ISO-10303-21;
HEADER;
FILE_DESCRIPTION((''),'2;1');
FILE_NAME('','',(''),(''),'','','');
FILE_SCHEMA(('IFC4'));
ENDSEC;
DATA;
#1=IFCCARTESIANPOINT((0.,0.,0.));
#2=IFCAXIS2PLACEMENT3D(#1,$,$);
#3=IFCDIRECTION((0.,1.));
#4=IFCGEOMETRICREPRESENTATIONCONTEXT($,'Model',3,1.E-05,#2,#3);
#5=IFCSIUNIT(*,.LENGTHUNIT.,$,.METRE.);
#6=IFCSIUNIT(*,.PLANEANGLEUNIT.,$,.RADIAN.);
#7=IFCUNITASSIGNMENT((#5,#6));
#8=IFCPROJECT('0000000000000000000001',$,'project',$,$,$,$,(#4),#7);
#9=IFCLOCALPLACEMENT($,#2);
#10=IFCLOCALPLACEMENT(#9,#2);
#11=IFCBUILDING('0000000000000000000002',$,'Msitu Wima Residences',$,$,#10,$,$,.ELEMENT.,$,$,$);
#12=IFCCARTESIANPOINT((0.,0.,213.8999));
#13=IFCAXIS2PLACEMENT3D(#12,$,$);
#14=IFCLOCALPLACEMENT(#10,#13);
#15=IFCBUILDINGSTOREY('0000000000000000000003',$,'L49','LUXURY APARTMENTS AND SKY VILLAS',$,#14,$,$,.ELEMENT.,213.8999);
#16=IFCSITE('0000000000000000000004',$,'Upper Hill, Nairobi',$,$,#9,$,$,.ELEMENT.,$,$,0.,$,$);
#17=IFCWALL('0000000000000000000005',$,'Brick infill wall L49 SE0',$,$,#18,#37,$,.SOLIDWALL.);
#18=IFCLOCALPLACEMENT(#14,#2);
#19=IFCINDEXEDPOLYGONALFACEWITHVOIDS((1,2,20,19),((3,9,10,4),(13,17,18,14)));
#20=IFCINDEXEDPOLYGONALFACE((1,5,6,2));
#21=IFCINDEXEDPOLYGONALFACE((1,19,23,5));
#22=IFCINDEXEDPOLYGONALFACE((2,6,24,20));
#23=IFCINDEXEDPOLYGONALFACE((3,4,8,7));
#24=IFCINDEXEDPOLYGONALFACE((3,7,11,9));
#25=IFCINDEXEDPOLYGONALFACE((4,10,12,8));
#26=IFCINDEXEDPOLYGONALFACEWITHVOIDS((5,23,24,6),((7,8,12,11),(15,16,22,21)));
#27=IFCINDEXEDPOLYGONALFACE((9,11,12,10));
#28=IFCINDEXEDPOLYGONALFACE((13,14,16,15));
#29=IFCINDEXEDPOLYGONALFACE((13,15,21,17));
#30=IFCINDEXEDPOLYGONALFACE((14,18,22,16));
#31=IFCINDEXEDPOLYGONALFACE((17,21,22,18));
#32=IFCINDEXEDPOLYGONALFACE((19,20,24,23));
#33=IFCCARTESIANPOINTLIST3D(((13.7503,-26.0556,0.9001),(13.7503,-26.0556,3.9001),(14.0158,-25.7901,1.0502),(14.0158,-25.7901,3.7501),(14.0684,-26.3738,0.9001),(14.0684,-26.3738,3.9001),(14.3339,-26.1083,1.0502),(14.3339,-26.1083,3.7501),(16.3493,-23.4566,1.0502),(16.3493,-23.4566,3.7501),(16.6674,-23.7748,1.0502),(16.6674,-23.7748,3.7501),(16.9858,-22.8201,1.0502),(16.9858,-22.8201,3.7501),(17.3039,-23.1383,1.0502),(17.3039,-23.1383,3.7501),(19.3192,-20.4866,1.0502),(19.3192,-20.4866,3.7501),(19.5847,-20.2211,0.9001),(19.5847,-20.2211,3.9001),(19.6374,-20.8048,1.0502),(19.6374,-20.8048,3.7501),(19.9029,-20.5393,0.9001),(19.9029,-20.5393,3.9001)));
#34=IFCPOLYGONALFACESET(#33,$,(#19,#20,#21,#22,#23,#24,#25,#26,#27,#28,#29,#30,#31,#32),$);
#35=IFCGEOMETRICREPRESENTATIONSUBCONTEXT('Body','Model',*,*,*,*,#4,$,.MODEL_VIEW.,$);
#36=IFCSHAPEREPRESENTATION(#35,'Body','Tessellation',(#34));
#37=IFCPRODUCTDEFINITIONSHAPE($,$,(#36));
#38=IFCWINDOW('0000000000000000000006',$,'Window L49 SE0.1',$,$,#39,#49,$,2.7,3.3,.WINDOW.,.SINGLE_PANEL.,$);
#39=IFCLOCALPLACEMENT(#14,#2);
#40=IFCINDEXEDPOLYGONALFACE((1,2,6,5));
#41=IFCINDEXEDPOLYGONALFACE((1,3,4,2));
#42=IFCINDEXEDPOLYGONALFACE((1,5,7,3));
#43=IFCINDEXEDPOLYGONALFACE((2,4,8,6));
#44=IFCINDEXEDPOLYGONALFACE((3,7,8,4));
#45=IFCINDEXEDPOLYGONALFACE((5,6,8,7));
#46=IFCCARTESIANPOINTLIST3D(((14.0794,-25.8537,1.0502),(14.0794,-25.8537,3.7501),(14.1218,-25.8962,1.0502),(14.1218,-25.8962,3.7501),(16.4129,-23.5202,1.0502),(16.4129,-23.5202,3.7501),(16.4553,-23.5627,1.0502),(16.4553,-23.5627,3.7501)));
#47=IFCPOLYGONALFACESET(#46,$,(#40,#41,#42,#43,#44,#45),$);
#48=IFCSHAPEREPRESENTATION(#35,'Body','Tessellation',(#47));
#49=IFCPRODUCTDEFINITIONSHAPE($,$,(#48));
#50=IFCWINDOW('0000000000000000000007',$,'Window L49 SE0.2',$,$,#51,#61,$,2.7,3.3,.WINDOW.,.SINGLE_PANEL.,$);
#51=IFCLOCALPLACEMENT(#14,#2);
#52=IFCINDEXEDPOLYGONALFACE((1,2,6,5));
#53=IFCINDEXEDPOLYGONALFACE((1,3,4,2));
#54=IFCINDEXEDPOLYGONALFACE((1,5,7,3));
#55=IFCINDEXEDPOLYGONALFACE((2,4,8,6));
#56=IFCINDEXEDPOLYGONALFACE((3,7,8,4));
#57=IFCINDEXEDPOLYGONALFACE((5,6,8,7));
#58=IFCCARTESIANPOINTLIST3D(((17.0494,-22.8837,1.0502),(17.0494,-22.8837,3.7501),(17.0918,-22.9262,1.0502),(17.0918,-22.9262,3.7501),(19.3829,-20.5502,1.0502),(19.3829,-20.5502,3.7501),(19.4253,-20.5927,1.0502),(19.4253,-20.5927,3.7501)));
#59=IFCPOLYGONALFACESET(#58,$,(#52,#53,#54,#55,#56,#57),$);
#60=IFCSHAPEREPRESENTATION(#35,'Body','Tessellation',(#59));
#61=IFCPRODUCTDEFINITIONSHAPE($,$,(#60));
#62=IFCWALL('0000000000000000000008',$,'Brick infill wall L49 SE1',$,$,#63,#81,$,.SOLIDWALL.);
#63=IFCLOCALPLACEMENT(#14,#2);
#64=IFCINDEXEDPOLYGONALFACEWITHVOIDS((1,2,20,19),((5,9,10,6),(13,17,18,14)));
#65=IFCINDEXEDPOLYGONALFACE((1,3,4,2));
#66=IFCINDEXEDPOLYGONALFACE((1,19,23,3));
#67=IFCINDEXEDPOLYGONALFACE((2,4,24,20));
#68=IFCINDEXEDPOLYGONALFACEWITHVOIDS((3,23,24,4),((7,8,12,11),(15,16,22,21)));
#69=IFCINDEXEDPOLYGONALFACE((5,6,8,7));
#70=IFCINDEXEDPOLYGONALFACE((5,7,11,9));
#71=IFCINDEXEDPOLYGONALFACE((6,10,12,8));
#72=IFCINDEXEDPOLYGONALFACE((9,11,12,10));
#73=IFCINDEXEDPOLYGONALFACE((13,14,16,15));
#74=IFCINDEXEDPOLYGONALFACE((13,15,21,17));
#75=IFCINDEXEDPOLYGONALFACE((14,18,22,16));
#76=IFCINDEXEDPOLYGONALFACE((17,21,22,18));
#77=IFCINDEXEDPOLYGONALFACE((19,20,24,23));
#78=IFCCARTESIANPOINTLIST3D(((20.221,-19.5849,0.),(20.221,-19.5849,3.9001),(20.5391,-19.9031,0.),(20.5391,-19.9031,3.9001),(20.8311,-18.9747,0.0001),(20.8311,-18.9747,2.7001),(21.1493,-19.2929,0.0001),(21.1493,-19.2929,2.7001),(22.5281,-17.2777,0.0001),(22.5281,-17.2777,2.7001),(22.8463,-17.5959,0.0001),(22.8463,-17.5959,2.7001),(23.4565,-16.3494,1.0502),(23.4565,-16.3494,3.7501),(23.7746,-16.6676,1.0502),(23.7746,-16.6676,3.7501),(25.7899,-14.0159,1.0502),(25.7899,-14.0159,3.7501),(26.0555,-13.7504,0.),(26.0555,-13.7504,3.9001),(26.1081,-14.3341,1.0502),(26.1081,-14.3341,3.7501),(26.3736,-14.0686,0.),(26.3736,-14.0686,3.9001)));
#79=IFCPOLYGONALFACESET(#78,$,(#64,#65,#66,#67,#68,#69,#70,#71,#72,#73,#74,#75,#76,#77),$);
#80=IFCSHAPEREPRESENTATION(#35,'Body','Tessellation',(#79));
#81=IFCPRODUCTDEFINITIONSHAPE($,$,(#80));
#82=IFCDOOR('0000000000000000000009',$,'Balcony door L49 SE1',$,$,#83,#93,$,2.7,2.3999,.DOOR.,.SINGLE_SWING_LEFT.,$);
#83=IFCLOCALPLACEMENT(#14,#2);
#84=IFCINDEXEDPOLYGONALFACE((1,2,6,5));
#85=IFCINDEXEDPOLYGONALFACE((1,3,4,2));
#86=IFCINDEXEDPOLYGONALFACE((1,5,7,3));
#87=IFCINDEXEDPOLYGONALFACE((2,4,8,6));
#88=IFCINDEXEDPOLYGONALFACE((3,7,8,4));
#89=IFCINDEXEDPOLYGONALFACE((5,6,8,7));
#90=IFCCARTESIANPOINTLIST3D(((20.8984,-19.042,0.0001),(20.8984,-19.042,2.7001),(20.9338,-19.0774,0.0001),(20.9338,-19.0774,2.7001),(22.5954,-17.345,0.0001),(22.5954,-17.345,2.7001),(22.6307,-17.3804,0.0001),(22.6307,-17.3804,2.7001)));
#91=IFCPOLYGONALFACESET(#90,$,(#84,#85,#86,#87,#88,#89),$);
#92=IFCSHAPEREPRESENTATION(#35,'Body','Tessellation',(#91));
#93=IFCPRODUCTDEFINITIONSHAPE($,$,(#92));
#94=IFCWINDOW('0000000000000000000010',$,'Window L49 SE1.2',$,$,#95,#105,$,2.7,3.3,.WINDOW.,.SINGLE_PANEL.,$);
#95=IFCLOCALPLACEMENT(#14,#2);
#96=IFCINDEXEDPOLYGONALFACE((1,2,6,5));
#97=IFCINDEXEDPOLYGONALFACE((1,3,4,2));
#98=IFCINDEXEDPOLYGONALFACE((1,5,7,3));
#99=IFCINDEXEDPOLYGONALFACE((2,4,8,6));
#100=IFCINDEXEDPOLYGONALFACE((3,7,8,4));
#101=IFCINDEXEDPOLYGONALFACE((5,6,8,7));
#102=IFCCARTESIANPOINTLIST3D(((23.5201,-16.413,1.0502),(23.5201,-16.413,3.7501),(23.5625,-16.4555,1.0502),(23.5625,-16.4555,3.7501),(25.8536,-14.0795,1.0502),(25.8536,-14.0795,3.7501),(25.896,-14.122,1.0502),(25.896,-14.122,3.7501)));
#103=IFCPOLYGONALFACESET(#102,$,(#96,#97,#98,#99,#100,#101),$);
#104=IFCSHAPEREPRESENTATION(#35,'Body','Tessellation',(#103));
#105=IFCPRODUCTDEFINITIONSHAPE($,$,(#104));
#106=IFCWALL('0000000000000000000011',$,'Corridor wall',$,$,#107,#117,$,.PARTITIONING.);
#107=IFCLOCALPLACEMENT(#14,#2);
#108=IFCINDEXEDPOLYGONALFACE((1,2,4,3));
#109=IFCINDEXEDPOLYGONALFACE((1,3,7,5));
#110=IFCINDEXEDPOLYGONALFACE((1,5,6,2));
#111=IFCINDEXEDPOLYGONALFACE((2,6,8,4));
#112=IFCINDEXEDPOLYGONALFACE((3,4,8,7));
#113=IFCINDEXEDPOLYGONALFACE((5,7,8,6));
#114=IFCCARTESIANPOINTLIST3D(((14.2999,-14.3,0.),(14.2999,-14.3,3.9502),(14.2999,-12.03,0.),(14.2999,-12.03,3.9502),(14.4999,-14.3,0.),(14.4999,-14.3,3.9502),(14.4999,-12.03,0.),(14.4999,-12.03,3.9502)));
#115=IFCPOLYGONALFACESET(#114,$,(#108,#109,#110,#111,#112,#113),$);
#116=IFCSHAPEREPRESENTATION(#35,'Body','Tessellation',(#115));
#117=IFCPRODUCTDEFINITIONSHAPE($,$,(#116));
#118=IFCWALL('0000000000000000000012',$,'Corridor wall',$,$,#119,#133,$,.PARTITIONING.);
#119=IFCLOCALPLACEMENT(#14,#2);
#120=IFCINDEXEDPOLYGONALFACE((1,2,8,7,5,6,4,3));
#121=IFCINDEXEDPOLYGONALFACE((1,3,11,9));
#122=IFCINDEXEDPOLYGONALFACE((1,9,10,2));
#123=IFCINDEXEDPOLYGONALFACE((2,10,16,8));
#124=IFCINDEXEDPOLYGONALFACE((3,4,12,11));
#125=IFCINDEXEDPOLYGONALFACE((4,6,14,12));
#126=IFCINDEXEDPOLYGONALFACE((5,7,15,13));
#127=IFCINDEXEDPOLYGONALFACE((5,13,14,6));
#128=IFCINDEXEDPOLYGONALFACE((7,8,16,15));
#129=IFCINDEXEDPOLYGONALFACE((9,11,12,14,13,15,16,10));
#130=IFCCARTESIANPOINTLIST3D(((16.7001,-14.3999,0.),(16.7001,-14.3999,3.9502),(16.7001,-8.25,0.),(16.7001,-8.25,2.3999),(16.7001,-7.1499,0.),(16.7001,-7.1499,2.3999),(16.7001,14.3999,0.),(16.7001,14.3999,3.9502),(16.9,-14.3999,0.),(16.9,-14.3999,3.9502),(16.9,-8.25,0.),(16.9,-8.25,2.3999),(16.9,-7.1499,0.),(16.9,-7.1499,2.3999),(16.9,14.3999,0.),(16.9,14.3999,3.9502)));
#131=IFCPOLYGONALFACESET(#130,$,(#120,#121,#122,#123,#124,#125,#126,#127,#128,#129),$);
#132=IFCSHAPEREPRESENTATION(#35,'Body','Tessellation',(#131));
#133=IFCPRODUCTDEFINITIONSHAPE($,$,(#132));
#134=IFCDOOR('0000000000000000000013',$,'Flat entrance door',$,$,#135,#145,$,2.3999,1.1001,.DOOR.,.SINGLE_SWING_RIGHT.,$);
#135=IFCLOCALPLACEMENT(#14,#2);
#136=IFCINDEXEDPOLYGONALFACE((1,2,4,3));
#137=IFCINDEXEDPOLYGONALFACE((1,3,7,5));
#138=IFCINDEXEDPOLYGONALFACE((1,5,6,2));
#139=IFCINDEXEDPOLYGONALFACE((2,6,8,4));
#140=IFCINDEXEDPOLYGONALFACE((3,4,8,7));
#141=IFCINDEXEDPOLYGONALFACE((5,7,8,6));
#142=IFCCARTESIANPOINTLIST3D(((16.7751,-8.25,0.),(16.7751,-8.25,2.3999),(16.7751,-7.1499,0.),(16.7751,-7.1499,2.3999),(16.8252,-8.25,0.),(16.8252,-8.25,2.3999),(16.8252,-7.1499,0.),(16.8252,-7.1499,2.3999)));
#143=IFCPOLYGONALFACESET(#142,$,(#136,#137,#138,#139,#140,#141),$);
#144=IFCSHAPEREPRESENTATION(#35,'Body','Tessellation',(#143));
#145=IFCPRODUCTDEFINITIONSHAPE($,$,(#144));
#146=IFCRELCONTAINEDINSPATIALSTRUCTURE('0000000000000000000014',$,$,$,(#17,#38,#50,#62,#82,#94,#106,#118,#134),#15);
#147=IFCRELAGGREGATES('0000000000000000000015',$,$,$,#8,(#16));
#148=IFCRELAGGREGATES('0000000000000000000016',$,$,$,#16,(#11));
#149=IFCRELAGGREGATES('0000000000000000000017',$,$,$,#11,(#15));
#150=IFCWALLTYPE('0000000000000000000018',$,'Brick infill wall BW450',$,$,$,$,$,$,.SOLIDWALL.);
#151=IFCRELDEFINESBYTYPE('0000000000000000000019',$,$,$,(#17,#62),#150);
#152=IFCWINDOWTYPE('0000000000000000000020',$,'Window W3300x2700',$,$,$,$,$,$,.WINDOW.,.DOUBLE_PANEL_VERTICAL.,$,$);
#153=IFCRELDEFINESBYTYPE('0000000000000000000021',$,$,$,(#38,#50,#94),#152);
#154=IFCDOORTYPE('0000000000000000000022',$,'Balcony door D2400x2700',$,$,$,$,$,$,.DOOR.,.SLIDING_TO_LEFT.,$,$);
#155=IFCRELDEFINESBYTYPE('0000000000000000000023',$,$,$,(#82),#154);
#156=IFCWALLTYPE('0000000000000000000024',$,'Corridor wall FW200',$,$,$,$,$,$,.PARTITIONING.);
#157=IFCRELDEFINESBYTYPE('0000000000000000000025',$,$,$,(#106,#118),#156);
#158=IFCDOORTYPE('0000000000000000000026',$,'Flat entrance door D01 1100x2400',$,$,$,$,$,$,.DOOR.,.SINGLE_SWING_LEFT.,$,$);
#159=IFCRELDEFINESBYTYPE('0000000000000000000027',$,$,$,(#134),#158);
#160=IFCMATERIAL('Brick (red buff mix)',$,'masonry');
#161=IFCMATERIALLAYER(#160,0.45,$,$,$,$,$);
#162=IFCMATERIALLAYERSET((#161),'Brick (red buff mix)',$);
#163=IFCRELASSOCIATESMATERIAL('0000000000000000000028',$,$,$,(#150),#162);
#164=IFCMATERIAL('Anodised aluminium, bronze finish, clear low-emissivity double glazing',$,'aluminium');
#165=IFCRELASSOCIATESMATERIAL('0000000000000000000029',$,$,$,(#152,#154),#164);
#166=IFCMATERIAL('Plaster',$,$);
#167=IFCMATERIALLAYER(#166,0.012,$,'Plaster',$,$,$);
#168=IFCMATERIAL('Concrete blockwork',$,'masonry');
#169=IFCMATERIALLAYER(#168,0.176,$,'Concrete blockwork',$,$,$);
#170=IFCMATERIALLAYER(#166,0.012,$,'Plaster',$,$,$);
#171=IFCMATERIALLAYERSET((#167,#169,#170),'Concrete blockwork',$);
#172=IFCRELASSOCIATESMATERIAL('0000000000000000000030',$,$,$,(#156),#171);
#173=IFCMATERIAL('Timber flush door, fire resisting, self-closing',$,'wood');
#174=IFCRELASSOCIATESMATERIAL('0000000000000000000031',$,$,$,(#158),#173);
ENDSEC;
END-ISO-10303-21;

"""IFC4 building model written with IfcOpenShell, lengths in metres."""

from ifc_helpers import new_model, si_unit, direction, frame, frame_2d, origin, place, context, subcontext, project, spatial, rectangle, extrude, material, layer, layer_set, type_object, element, fill, save


model = new_model("IFC4")

# Units and contexts
model_context = context("Model", 3, precision=1e-05, world=origin(), true_north=direction((0.0, 1.0)))
body_context = subcontext(model_context, "Body", "Model", "MODEL_VIEW")
ifc_project = project(units=[si_unit("LENGTHUNIT", "METRE"), si_unit("PLANEANGLEUNIT", "RADIAN")], contexts=[model_context])

# Site, building, storey
site_placement = place(None, origin())
site = spatial("IfcSite", under=ifc_project, at=site_placement, Name="Upper Hill, Nairobi", CompositionType="ELEMENT", RefElevation=0.0)
building_placement = place(site_placement, origin())
building = spatial("IfcBuilding", under=site, at=building_placement, Name="Msitu Wima Residences", CompositionType="ELEMENT")
storey_placement = place(building_placement, frame((0.0, 0.0, 213.8999)))
storey = spatial("IfcBuildingStorey", under=building, at=storey_placement, Name="L49", Description="LUXURY APARTMENTS AND SKY VILLAS", CompositionType="ELEMENT", Elevation=213.8999)

# Wall, openings, windows
ifc_material_1 = material(Name="Brick (red buff mix)", Category="masonry")
ifc_layer_1 = layer(ifc_material_1, 0.45)
ifc_layer_set_1 = layer_set([ifc_layer_1], Name="Brick (red buff mix)")
wall_type_1 = type_object("IfcWallType", Name="Brick infill wall BW450", PredefinedType="SOLIDWALL", material=ifc_layer_set_1)
wall_1_placement = place(storey_placement, frame((13.9094, -26.2146, 0.9001), z_axis=(0.0, 0.0, 1.0), x_axis=(0.707107, 0.707107, 0.0)))
wall_1 = element("IfcWall", 1, at=wall_1_placement, inside=storey, type_object=wall_type_1, Name="Brick infill wall L49 SE0", PredefinedType="SOLIDWALL", context=body_context, shape_type="SweptSolid", body=[
    extrude(rectangle(XDim=8.2512, YDim=0.45, at=frame_2d((4.1255, 0.0))), origin(), (0.0, 0.0, 1.0), 3.0),
])
opening_1_placement = place(wall_1_placement, frame((0.3755, 0.0, 0.1499)))
opening_1 = element("IfcOpeningElement", 2, at=opening_1_placement, cuts=wall_1, PredefinedType="OPENING", context=body_context, shape_type="SweptSolid", body=[
    extrude(rectangle(XDim=3.3, YDim=2.7, at=frame_2d((1.6499, 1.3501))), frame((0.0, 0.2349, 0.0), z_axis=(0.0, -1.0, 0.0), x_axis=(1.0, 0.0, 0.0)), (0.0, 0.0, 1.0), 0.47),
])
opening_2_placement = place(wall_1_placement, frame((4.5757, 0.0, 0.1499)))
opening_2 = element("IfcOpeningElement", 3, at=opening_2_placement, cuts=wall_1, PredefinedType="OPENING", context=body_context, shape_type="SweptSolid", body=[
    extrude(rectangle(XDim=3.3, YDim=2.7, at=frame_2d((1.6499, 1.3501))), frame((0.0, 0.2349, 0.0), z_axis=(0.0, -1.0, 0.0), x_axis=(1.0, 0.0, 0.0)), (0.0, 0.0, 1.0), 0.47),
])
ifc_material_2 = material(Name="Anodised aluminium, bronze finish, clear low-emissivity double glazing", Category="aluminium")
window_type = type_object("IfcWindowType", Name="Window W3300x2700", PartitioningType="DOUBLE_PANEL_VERTICAL", PredefinedType="WINDOW", material=ifc_material_2)
window_1_placement = place(opening_1_placement, origin())
window_1 = element("IfcWindow", 4, at=window_1_placement, inside=storey, type_object=window_type, Name="Window L49 SE0.1", OverallHeight=2.7, OverallWidth=3.3, PartitioningType="SINGLE_PANEL", PredefinedType="WINDOW", context=body_context, shape_type="SweptSolid", body=[
    extrude(rectangle(XDim=3.3, YDim=2.7, at=frame_2d((1.6499, 1.3501))), frame((0.0, 0.135, 0.0), z_axis=(0.0, -1.0, 0.0), x_axis=(1.0, 0.0, 0.0)), (0.0, 0.0, 1.0), 0.0601),
])
fill(opening_1, window_1)
window_2_placement = place(opening_2_placement, origin())
window_2 = element("IfcWindow", 5, at=window_2_placement, inside=storey, type_object=window_type, Name="Window L49 SE0.2", OverallHeight=2.7, OverallWidth=3.3, PartitioningType="SINGLE_PANEL", PredefinedType="WINDOW", context=body_context, shape_type="SweptSolid", body=[
    extrude(rectangle(XDim=3.3, YDim=2.7, at=frame_2d((1.6499, 1.3501))), frame((0.0, 0.135, 0.0), z_axis=(0.0, -1.0, 0.0), x_axis=(1.0, 0.0, 0.0)), (0.0, 0.0, 1.0), 0.0601),
])
fill(opening_2, window_2)

# Wall, openings, door, window
wall_2_placement = place(storey_placement, frame((20.3801, -19.7439, 0.0), z_axis=(0.0, 0.0, 1.0), x_axis=(0.707107, 0.707107, 0.0)))
wall_2 = element("IfcWall", 6, at=wall_2_placement, inside=storey, type_object=wall_type_1, Name="Brick infill wall L49 SE1", PredefinedType="SOLIDWALL", context=body_context, shape_type="SweptSolid", body=[
    extrude(rectangle(XDim=8.2512, YDim=0.45, at=frame_2d((4.1255, 0.0))), origin(), (0.0, 0.0, 1.0), 3.9001),
])
opening_3_placement = place(wall_2_placement, frame((0.8628, 0.0, 0.0)))
opening_3 = element("IfcOpeningElement", 7, at=opening_3_placement, cuts=wall_2, PredefinedType="OPENING", context=body_context, shape_type="SweptSolid", body=[
    extrude(rectangle(XDim=2.3999, YDim=2.7, at=frame_2d((1.2, 1.3501))), frame((0.0, 0.2349, 0.0), z_axis=(0.0, -1.0, 0.0), x_axis=(1.0, 0.0, 0.0)), (0.0, 0.0, 1.0), 0.47),
])
opening_4_placement = place(wall_2_placement, frame((4.5757, 0.0, 1.05)))
opening_4 = element("IfcOpeningElement", 8, at=opening_4_placement, cuts=wall_2, PredefinedType="OPENING", context=body_context, shape_type="SweptSolid", body=[
    extrude(rectangle(XDim=3.3, YDim=2.7, at=frame_2d((1.6499, 1.3501))), frame((0.0, 0.2349, 0.0), z_axis=(0.0, -1.0, 0.0), x_axis=(1.0, 0.0, 0.0)), (0.0, 0.0, 1.0), 0.47),
])
door_type_1 = type_object("IfcDoorType", Name="Balcony door D2400x2700", OperationType="SLIDING_TO_LEFT", PredefinedType="DOOR", material=ifc_material_2)
door_1_placement = place(opening_3_placement, origin())
door_1 = element("IfcDoor", 9, at=door_1_placement, inside=storey, type_object=door_type_1, Name="Balcony door L49 SE1", OperationType="SINGLE_SWING_LEFT", OverallHeight=2.7, OverallWidth=2.3999, PredefinedType="DOOR", context=body_context, shape_type="SweptSolid", body=[
    extrude(rectangle(XDim=2.3999, YDim=2.7, at=frame_2d((1.2, 1.3501))), frame((0.0, 0.1299, 0.0), z_axis=(0.0, -1.0, 0.0), x_axis=(1.0, 0.0, 0.0)), (0.0, 0.0, 1.0), 0.05),
])
fill(opening_3, door_1)
window_3_placement = place(opening_4_placement, origin())
window_3 = element("IfcWindow", 10, at=window_3_placement, inside=storey, type_object=window_type, Name="Window L49 SE1.2", OverallHeight=2.7, OverallWidth=3.3, PartitioningType="SINGLE_PANEL", PredefinedType="WINDOW", context=body_context, shape_type="SweptSolid", body=[
    extrude(rectangle(XDim=3.3, YDim=2.7, at=frame_2d((1.6499, 1.3501))), frame((0.0, 0.135, 0.0), z_axis=(0.0, -1.0, 0.0), x_axis=(1.0, 0.0, 0.0)), (0.0, 0.0, 1.0), 0.0601),
])
fill(opening_4, window_3)

# Wall
ifc_material_3 = material(Name="Plaster")
ifc_layer_2 = layer(ifc_material_3, 0.012, Name="Plaster")
ifc_material_4 = material(Name="Concrete blockwork", Category="masonry")
ifc_layer_3 = layer(ifc_material_4, 0.176, Name="Concrete blockwork")
ifc_layer_4 = layer(ifc_material_3, 0.012, Name="Plaster")
ifc_layer_set_2 = layer_set([ifc_layer_2, ifc_layer_3, ifc_layer_4], Name="Concrete blockwork")
wall_type_2 = type_object("IfcWallType", Name="Corridor wall FW200", PredefinedType="PARTITIONING", material=ifc_layer_set_2)
wall_3_placement = place(storey_placement, frame((14.3999, -14.3, 0.0), z_axis=(0.0, 0.0, 1.0), x_axis=(0.0, 1.0, 0.0)))
element("IfcWall", 11, at=wall_3_placement, inside=storey, type_object=wall_type_2, Name="Corridor wall", PredefinedType="PARTITIONING", context=body_context, shape_type="SweptSolid", body=[
    extrude(rectangle(XDim=2.27, YDim=0.2, at=frame_2d((1.135, 0.0))), origin(), (0.0, 0.0, 1.0), 3.9502),
])

# Wall, opening, door
ifc_material_5 = material(Name="Timber flush door, fire resisting, self-closing", Category="wood")
door_type_2 = type_object("IfcDoorType", Name="Flat entrance door D01 1100x2400", OperationType="SINGLE_SWING_LEFT", PredefinedType="DOOR", material=ifc_material_5)
wall_4_placement = place(storey_placement, frame((16.8, -14.3999, 0.0), z_axis=(0.0, 0.0, 1.0), x_axis=(0.0, 1.0, 0.0)))
wall_4 = element("IfcWall", 12, at=wall_4_placement, inside=storey, type_object=wall_type_2, Name="Corridor wall", PredefinedType="PARTITIONING", context=body_context, shape_type="SweptSolid", body=[
    extrude(rectangle(XDim=28.7998, YDim=0.2, at=frame_2d((14.3999, 0.0))), origin(), (0.0, 0.0, 1.0), 3.9502),
])
opening_5_placement = place(wall_4_placement, frame((6.1499, 0.0, 0.0)))
opening_5 = element("IfcOpeningElement", 13, at=opening_5_placement, cuts=wall_4, PredefinedType="OPENING", context=body_context, shape_type="SweptSolid", body=[
    extrude(rectangle(XDim=1.1001, YDim=2.3999, at=frame_2d((0.55, 1.2))), frame((0.0, 0.1099, 0.0), z_axis=(0.0, -1.0, 0.0), x_axis=(1.0, 0.0, 0.0)), (0.0, 0.0, 1.0), 0.22),
])
door_2_placement = place(opening_5_placement, origin())
door_2 = element("IfcDoor", 14, at=door_2_placement, inside=storey, type_object=door_type_2, Name="Flat entrance door", OperationType="SINGLE_SWING_RIGHT", OverallHeight=2.3999, OverallWidth=1.1001, PredefinedType="DOOR", context=body_context, shape_type="SweptSolid", body=[
    extrude(rectangle(XDim=1.1001, YDim=2.3999, at=frame_2d((0.55, 1.2))), frame((0.0, 0.0249, 0.0), z_axis=(0.0, -1.0, 0.0), x_axis=(1.0, 0.0, 0.0)), (0.0, 0.0, 1.0), 0.05),
])
fill(opening_5, door_2)

save(model, "model.ifc")
